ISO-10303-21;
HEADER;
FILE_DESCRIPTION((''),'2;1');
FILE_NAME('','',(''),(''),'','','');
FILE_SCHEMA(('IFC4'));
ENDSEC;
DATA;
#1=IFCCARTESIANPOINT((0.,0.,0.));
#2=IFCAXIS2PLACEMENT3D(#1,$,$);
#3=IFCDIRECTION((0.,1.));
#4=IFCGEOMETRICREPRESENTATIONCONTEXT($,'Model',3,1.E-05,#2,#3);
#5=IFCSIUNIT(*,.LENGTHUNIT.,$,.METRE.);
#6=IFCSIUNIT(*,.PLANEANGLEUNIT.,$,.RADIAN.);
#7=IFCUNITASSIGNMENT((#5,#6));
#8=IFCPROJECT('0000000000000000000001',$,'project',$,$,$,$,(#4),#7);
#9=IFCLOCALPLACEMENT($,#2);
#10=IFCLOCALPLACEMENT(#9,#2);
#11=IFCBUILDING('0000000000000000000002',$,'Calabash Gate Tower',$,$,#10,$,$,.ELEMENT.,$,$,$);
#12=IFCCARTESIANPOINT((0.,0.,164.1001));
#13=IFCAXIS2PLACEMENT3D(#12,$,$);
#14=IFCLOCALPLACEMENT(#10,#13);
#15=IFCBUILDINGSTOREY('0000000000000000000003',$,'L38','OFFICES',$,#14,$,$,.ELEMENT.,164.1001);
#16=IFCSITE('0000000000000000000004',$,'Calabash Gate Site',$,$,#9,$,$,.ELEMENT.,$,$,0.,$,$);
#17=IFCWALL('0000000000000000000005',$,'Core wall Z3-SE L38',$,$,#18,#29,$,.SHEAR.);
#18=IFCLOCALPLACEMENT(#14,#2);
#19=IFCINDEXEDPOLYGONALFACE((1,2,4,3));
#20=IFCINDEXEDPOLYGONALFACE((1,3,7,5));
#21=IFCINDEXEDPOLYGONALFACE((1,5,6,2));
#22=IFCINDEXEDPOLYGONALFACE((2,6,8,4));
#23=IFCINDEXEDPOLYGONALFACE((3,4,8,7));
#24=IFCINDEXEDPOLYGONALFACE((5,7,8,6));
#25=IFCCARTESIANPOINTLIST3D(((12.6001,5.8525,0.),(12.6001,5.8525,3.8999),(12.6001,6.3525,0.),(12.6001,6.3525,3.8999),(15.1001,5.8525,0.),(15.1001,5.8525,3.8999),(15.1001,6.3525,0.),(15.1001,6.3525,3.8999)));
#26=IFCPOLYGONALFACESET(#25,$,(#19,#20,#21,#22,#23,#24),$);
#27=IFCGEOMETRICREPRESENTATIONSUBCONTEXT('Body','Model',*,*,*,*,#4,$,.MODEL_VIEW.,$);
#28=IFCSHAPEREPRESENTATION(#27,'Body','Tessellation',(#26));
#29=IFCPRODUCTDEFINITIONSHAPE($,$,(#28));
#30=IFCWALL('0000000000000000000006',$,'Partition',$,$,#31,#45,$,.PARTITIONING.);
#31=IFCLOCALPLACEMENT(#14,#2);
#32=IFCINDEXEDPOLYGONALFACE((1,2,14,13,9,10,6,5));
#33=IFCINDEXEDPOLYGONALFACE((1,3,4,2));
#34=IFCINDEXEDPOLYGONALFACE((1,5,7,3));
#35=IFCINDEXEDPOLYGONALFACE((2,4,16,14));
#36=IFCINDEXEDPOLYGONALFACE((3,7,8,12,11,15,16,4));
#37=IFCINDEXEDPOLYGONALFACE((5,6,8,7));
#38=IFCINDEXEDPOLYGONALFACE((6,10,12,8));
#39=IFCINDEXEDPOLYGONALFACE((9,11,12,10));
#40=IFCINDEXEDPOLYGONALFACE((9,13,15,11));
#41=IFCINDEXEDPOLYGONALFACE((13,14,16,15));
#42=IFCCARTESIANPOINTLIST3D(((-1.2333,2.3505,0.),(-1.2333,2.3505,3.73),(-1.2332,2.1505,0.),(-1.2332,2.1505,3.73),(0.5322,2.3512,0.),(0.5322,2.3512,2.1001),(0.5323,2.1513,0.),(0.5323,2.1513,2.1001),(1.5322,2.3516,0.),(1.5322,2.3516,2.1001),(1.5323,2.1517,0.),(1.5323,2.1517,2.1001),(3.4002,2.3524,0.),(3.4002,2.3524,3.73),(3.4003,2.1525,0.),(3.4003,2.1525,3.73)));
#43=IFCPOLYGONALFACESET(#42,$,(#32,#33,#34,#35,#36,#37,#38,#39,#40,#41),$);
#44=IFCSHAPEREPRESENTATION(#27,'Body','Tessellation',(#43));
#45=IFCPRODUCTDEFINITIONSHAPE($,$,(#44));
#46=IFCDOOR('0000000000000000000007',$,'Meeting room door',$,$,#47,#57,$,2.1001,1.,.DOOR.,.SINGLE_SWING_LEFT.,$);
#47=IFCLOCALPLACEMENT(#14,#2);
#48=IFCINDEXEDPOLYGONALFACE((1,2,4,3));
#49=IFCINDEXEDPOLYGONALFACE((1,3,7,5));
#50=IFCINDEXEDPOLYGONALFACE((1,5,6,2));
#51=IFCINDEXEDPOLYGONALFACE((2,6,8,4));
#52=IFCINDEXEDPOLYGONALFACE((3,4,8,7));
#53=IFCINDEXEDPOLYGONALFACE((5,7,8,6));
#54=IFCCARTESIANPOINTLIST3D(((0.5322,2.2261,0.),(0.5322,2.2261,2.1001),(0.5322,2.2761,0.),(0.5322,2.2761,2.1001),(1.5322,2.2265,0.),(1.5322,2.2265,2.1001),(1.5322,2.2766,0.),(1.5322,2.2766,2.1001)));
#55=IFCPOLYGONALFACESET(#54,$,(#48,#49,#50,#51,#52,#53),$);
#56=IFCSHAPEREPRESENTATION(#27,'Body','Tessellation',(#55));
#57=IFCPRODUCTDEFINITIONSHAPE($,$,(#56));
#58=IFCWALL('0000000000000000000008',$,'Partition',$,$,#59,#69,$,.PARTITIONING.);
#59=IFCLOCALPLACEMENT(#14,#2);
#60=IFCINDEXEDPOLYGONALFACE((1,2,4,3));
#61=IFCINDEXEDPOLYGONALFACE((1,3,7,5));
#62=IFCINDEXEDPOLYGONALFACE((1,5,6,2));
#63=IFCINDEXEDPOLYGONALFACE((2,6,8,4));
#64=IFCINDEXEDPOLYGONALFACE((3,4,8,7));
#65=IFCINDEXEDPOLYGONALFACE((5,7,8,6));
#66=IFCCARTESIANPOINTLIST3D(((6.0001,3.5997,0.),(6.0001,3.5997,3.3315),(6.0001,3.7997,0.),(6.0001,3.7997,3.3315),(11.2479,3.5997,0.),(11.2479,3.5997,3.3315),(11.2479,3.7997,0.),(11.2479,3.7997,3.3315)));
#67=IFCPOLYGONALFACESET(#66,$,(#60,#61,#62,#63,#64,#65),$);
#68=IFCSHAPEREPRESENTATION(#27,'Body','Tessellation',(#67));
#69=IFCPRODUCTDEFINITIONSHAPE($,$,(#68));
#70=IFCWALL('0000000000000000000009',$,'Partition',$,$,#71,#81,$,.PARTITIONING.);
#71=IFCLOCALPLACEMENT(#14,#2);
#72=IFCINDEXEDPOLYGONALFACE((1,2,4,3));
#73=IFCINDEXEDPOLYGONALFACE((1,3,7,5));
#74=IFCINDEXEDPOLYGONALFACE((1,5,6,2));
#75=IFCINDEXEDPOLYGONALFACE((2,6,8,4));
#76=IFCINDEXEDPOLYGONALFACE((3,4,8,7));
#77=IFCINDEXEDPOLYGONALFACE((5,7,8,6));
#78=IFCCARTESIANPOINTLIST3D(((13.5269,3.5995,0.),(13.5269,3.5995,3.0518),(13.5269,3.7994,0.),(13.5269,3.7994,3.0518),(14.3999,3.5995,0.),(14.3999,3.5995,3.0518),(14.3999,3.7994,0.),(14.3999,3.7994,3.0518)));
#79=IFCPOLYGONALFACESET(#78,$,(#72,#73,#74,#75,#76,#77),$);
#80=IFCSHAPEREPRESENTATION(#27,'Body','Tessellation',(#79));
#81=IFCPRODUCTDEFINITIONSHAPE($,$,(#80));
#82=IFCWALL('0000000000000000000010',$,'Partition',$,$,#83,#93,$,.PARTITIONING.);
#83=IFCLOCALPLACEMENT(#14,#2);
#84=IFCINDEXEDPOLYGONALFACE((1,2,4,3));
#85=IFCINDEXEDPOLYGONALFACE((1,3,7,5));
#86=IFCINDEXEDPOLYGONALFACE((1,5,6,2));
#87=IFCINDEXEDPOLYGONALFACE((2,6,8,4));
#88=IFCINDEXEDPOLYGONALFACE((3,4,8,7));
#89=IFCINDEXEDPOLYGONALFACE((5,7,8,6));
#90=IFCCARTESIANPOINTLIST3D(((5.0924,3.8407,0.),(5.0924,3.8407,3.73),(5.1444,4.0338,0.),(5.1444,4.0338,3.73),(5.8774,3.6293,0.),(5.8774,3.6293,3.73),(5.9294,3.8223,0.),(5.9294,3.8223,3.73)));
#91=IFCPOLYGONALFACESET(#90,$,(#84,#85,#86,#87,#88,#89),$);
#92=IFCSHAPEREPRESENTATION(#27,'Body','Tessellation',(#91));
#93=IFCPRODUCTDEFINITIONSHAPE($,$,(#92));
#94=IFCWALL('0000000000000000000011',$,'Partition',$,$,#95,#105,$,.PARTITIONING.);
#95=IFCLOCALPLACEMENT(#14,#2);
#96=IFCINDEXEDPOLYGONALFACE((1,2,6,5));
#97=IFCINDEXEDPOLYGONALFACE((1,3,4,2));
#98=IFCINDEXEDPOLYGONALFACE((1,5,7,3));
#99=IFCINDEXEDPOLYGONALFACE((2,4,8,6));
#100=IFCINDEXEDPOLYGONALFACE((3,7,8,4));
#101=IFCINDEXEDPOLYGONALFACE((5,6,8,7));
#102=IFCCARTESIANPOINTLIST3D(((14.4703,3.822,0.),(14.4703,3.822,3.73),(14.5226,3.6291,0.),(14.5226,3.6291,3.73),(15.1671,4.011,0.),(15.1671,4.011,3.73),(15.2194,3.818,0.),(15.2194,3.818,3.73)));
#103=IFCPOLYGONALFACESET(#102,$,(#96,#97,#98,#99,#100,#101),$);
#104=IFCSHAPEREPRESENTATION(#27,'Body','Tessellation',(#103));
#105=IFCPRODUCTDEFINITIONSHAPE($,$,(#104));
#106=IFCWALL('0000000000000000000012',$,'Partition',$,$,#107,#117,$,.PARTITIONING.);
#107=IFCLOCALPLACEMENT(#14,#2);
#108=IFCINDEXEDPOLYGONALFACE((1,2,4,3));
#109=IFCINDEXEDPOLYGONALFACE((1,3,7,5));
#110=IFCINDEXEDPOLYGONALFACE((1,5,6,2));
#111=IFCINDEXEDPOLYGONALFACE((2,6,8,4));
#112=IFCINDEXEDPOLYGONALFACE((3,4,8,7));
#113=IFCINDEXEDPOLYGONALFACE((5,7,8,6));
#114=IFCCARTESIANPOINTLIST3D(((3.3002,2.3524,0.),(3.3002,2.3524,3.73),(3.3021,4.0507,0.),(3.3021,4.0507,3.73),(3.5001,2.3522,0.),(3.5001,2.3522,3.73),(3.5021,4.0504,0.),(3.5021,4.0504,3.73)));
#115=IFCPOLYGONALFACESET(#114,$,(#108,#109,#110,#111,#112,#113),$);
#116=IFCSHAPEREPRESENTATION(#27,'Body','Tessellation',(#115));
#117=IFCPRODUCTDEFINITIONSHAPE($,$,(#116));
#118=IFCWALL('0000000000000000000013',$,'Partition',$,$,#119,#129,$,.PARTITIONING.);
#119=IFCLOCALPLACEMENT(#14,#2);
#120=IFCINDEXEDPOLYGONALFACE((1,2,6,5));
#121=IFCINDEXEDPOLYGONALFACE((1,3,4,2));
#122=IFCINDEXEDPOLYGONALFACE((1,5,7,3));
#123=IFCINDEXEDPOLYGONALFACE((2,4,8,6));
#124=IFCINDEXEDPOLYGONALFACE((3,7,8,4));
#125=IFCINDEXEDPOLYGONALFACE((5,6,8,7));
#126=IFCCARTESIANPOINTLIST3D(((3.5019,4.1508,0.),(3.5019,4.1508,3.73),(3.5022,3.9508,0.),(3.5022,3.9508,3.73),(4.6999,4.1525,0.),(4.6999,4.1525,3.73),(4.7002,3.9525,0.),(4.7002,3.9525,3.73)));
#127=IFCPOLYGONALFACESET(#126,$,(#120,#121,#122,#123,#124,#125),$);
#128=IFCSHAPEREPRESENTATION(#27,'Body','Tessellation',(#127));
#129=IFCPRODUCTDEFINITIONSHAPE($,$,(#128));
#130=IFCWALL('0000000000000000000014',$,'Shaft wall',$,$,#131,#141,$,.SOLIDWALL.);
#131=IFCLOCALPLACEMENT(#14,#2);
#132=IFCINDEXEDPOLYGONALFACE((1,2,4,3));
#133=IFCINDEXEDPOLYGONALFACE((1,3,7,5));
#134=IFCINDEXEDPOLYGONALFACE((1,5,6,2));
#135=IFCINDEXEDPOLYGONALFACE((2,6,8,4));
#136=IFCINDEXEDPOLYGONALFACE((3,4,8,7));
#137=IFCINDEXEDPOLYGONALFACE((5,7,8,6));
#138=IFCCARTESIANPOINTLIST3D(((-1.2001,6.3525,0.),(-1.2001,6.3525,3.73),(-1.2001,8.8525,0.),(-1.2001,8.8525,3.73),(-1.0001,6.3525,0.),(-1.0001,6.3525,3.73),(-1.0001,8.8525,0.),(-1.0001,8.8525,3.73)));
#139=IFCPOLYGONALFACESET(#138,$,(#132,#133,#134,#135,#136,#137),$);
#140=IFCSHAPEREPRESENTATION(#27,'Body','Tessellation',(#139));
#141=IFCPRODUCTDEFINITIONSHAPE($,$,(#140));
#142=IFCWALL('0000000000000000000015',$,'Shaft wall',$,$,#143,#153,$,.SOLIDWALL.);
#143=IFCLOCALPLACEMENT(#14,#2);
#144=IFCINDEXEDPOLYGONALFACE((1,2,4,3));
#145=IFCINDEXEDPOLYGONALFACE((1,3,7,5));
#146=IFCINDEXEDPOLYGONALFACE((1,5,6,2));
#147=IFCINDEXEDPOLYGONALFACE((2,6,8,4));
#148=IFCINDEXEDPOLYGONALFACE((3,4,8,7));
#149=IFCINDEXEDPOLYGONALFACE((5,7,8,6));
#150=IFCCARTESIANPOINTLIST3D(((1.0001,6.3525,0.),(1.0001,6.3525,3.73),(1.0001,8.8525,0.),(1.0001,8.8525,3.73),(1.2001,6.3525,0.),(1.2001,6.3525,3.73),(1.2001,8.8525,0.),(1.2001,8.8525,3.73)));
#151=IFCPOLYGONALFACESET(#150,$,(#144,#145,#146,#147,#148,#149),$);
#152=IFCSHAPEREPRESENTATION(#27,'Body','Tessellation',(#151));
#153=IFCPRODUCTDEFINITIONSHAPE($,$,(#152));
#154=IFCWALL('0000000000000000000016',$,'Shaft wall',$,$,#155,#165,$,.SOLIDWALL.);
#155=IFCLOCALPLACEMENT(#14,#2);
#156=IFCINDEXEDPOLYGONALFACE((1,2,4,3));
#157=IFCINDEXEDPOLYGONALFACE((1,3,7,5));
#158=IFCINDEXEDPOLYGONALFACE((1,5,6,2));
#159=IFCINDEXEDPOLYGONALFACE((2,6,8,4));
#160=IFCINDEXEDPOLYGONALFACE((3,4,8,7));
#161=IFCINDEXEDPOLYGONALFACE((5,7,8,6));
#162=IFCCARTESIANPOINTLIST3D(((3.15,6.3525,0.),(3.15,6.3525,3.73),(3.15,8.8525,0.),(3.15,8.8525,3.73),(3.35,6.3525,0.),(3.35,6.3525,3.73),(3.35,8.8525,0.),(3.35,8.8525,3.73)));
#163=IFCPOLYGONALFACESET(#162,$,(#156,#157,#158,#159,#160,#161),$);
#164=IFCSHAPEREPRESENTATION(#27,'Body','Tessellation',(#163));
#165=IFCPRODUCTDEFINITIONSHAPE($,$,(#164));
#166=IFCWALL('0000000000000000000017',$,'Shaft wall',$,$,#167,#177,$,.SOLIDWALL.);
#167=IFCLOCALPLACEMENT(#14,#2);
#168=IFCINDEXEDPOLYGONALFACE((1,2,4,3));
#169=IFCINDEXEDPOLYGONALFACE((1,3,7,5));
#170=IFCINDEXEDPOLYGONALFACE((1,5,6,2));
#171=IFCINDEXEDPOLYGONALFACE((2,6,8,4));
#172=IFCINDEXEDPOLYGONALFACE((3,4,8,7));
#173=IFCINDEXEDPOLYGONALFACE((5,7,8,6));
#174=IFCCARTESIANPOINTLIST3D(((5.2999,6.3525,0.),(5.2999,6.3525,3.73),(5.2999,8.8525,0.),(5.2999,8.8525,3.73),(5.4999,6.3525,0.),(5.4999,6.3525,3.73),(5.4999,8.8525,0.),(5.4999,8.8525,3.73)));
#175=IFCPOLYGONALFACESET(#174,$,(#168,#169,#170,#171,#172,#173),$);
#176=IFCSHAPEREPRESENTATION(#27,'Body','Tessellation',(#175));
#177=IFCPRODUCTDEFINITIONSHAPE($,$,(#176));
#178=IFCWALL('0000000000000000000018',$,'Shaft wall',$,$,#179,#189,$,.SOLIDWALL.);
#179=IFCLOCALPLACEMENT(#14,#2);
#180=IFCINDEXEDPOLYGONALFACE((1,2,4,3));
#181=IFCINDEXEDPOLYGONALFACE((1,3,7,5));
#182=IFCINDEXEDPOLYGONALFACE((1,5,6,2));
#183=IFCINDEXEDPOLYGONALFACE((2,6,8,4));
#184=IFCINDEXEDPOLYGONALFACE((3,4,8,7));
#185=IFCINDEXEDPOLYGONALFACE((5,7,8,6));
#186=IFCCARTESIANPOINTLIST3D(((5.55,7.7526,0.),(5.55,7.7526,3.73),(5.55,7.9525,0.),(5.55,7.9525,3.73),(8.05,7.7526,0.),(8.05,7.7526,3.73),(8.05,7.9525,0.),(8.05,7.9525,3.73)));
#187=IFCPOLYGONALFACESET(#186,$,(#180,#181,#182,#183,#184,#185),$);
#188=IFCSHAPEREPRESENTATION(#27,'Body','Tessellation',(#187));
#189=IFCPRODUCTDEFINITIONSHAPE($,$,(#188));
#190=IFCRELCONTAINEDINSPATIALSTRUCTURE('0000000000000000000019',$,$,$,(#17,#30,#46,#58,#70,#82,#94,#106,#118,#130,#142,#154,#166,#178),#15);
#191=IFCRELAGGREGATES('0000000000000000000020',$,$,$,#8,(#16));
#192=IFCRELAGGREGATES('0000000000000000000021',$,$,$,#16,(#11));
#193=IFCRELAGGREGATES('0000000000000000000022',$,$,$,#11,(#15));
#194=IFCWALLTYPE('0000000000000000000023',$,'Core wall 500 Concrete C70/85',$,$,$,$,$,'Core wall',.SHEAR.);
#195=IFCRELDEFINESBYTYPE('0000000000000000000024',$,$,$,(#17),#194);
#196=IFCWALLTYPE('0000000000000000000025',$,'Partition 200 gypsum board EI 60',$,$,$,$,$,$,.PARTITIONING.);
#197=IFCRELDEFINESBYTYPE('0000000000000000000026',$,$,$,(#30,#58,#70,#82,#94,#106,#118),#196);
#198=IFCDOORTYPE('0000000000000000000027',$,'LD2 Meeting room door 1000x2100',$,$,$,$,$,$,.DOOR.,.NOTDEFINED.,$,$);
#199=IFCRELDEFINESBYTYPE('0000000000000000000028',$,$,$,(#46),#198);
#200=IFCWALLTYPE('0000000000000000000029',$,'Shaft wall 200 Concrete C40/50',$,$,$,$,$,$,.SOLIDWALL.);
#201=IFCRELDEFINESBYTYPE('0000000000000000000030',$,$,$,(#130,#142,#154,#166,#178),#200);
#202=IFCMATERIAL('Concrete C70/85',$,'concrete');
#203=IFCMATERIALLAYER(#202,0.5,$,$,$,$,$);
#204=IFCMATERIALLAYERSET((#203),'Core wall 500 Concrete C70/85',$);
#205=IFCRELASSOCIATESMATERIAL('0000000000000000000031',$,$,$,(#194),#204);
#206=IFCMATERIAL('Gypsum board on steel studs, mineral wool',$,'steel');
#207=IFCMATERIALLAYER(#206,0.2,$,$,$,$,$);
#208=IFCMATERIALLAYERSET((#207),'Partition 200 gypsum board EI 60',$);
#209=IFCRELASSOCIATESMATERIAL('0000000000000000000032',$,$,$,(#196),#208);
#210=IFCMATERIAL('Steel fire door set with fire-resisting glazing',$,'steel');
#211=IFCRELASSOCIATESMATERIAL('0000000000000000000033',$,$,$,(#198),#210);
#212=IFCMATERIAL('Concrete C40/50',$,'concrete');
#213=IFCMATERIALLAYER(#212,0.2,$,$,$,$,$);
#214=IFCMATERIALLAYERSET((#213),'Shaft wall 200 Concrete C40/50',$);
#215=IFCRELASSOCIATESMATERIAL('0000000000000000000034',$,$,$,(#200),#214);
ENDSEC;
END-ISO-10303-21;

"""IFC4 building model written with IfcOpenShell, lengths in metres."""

from ifc_helpers import new_model, si_unit, direction, frame, frame_2d, origin, place, context, subcontext, project, spatial, rectangle, extrude, material, layer, layer_set, type_object, element, fill, save


model = new_model("IFC4")

# Units and contexts
model_context = context("Model", 3, precision=1e-05, world=origin(), true_north=direction((0.0, 1.0)))
body_context = subcontext(model_context, "Body", "Model", "MODEL_VIEW")
ifc_project = project(units=[si_unit("LENGTHUNIT", "METRE"), si_unit("PLANEANGLEUNIT", "RADIAN")], contexts=[model_context])

# Site, building, storey
site_placement = place(None, origin())
site = spatial("IfcSite", under=ifc_project, at=site_placement, Name="Calabash Gate Site", CompositionType="ELEMENT", RefElevation=0.0)
building_placement = place(site_placement, origin())
building = spatial("IfcBuilding", under=site, at=building_placement, Name="Calabash Gate Tower", CompositionType="ELEMENT")
storey_placement = place(building_placement, frame((0.0, 0.0, 164.1001)))
storey = spatial("IfcBuildingStorey", under=building, at=storey_placement, Name="L38", Description="OFFICES", CompositionType="ELEMENT", Elevation=164.1001)

# Shared definitions
ifc_material_1 = material(Name="Concrete C70/85", Category="concrete")
ifc_layer_1 = layer(ifc_material_1, 0.5)
ifc_layer_set_1 = layer_set([ifc_layer_1], Name="Core wall 500 Concrete C70/85")
wall_type_1 = type_object("IfcWallType", Name="Core wall 500 Concrete C70/85", ElementType="Core wall", PredefinedType="SHEAR", material=ifc_layer_set_1)

# Wall
wall_1_placement = place(storey_placement, frame((12.6001, 6.1025, 0.0), z_axis=(0.0, 0.0, 1.0), x_axis=(1.0, 0.0, 0.0)))
element("IfcWall", 1, at=wall_1_placement, inside=storey, type_object=wall_type_1, Name="Core wall Z3-SE L38", PredefinedType="SHEAR", context=body_context, shape_type="SweptSolid", body=[
    extrude(rectangle(XDim=2.5, YDim=0.5, at=frame_2d((1.25, 0.0))), origin(), (0.0, 0.0, 1.0), 3.8999),
])

# Wall, opening, door
ifc_material_2 = material(Name="Gypsum board on steel studs, mineral wool", Category="steel")
ifc_layer_2 = layer(ifc_material_2, 0.2)
ifc_layer_set_2 = layer_set([ifc_layer_2], Name="Partition 200 gypsum board EI 60")
wall_type_2 = type_object("IfcWallType", Name="Partition 200 gypsum board EI 60", PredefinedType="PARTITIONING", material=ifc_layer_set_2)
wall_2_placement = place(storey_placement, frame((-1.2334, 2.2505, 0.0), z_axis=(0.0, 0.0, 1.0), x_axis=(1.0, 0.000422, 0.0)))
wall_2 = element("IfcWall", 2, at=wall_2_placement, inside=storey, type_object=wall_type_2, Name="Partition", PredefinedType="PARTITIONING", context=body_context, shape_type="SweptSolid", body=[
    extrude(rectangle(XDim=4.6335, YDim=0.2, at=frame_2d((2.3169, 0.0))), origin(), (0.0, 0.0, 1.0), 3.73),
])
opening_1_placement = place(wall_2_placement, frame((1.7656, 0.0, 0.0)))
opening_1 = element("IfcOpeningElement", 3, at=opening_1_placement, cuts=wall_2, PredefinedType="OPENING", context=body_context, shape_type="SweptSolid", body=[
    extrude(rectangle(XDim=1.0, YDim=2.1001, at=frame_2d((0.5, 1.05))), frame((0.0, 0.1099, 0.0), z_axis=(0.0, -1.0, 0.0), x_axis=(1.0, 0.0, 0.0)), (0.0, 0.0, 1.0), 0.22),
])
ifc_material_3 = material(Name="Steel fire door set with fire-resisting glazing", Category="steel")
door_type_1 = type_object("IfcDoorType", Name="LD2 Meeting room door 1000x2100", OperationType="NOTDEFINED", PredefinedType="DOOR", material=ifc_material_3)
door_1_placement = place(opening_1_placement, origin())
door_1 = element("IfcDoor", 4, at=door_1_placement, inside=storey, type_object=door_type_1, Name="Meeting room door", OperationType="SINGLE_SWING_LEFT", OverallHeight=2.1001, OverallWidth=1.0, PredefinedType="DOOR", context=body_context, shape_type="SweptSolid", body=[
    extrude(rectangle(XDim=1.0, YDim=2.1001, at=frame_2d((0.5, 1.05))), frame((0.0, 0.0249, 0.0), z_axis=(0.0, -1.0, 0.0), x_axis=(1.0, 0.0, 0.0)), (0.0, 0.0, 1.0), 0.05),
])
fill(opening_1, door_1)

# Walls
wall_3_placement = place(storey_placement, frame((6.0, 3.6997, 0.0), z_axis=(0.0, 0.0, 1.0), x_axis=(1.0, 0.0, 0.0)))
element("IfcWall", 5, at=wall_3_placement, inside=storey, type_object=wall_type_2, Name="Partition", PredefinedType="PARTITIONING", context=body_context, shape_type="SweptSolid", body=[
    extrude(rectangle(XDim=5.2478, YDim=0.2, at=frame_2d((2.624, 0.0))), origin(), (0.0, 0.0, 1.0), 3.3315),
])
wall_4_placement = place(storey_placement, frame((13.5269, 3.6995, 0.0), z_axis=(0.0, 0.0, 1.0), x_axis=(1.0, 0.0, 0.0)))
element("IfcWall", 6, at=wall_4_placement, inside=storey, type_object=wall_type_2, Name="Partition", PredefinedType="PARTITIONING", context=body_context, shape_type="SweptSolid", body=[
    extrude(rectangle(XDim=0.873, YDim=0.2, at=frame_2d((0.4365, 0.0))), origin(), (0.0, 0.0, 1.0), 3.0518),
])
wall_5_placement = place(storey_placement, frame((5.1184, 3.9373, 0.0), z_axis=(0.0, 0.0, 1.0), x_axis=(0.965584, -0.260092, 0.0)))
element("IfcWall", 7, at=wall_5_placement, inside=storey, type_object=wall_type_2, Name="Partition", PredefinedType="PARTITIONING", context=body_context, shape_type="SweptSolid", body=[
    extrude(rectangle(XDim=0.813, YDim=0.2, at=frame_2d((0.4065, 0.0))), origin(), (0.0, 0.0, 1.0), 3.73),
])
wall_6_placement = place(storey_placement, frame((14.4966, 3.7256, 0.0), z_axis=(0.0, 0.0, 1.0), x_axis=(0.965137, 0.261744, 0.0)))
element("IfcWall", 8, at=wall_6_placement, inside=storey, type_object=wall_type_2, Name="Partition", PredefinedType="PARTITIONING", context=body_context, shape_type="SweptSolid", body=[
    extrude(rectangle(XDim=0.7219, YDim=0.2, at=frame_2d((0.3608, 0.0))), origin(), (0.0, 0.0, 1.0), 3.73),
])
wall_7_placement = place(storey_placement, frame((3.4001, 2.3523, 0.0), z_axis=(0.0, 0.0, 1.0), x_axis=(0.00115, 0.999999, 0.0)))
element("IfcWall", 9, at=wall_7_placement, inside=storey, type_object=wall_type_2, Name="Partition", PredefinedType="PARTITIONING", context=body_context, shape_type="SweptSolid", body=[
    extrude(rectangle(XDim=1.6982, YDim=0.2, at=frame_2d((0.8491, 0.0))), origin(), (0.0, 0.0, 1.0), 3.73),
])
wall_8_placement = place(storey_placement, frame((3.502, 4.0508, 0.0), z_axis=(0.0, 0.0, 1.0), x_axis=(0.999999, 0.001427, 0.0)))
element("IfcWall", 10, at=wall_8_placement, inside=storey, type_object=wall_type_2, Name="Partition", PredefinedType="PARTITIONING", context=body_context, shape_type="SweptSolid", body=[
    extrude(rectangle(XDim=1.198, YDim=0.2, at=frame_2d((0.5991, 0.0))), origin(), (0.0, 0.0, 1.0), 3.73),
])
ifc_material_4 = material(Name="Concrete C40/50", Category="concrete")
ifc_layer_3 = layer(ifc_material_4, 0.2)
ifc_layer_set_3 = layer_set([ifc_layer_3], Name="Shaft wall 200 Concrete C40/50")
wall_type_3 = type_object("IfcWallType", Name="Shaft wall 200 Concrete C40/50", PredefinedType="SOLIDWALL", material=ifc_layer_set_3)
for number, where, z_axis, x_axis, name in (
    (11, (-1.1001, 6.3525, 0.0), (0.0, 0.0, 1.0), (0.0, 1.0, 0.0), "Shaft wall"),
    (12, (1.1001, 6.3525, 0.0), (0.0, 0.0, 1.0), (0.0, 1.0, 0.0), "Shaft wall"),
    (13, (3.25, 6.3525, 0.0), (0.0, 0.0, 1.0), (0.0, 1.0, 0.0), "Shaft wall"),
    (14, (5.3999, 6.3525, 0.0), (0.0, 0.0, 1.0), (0.0, 1.0, 0.0), "Shaft wall"),
    (15, (5.55, 7.8525, 0.0), (0.0, 0.0, 1.0), (1.0, 0.0, 0.0), "Shaft wall"),
):
    element("IfcWall", number, at=place(storey_placement, frame(where, z_axis=z_axis, x_axis=x_axis)), inside=storey, type_object=wall_type_3, Name=name, PredefinedType="SOLIDWALL", context=body_context, shape_type="SweptSolid", body=[
        extrude(rectangle(XDim=2.5, YDim=0.2, at=frame_2d((1.25, 0.0))), origin(), (0.0, 0.0, 1.0), 3.73),
    ])

save(model, "model.ifc")
